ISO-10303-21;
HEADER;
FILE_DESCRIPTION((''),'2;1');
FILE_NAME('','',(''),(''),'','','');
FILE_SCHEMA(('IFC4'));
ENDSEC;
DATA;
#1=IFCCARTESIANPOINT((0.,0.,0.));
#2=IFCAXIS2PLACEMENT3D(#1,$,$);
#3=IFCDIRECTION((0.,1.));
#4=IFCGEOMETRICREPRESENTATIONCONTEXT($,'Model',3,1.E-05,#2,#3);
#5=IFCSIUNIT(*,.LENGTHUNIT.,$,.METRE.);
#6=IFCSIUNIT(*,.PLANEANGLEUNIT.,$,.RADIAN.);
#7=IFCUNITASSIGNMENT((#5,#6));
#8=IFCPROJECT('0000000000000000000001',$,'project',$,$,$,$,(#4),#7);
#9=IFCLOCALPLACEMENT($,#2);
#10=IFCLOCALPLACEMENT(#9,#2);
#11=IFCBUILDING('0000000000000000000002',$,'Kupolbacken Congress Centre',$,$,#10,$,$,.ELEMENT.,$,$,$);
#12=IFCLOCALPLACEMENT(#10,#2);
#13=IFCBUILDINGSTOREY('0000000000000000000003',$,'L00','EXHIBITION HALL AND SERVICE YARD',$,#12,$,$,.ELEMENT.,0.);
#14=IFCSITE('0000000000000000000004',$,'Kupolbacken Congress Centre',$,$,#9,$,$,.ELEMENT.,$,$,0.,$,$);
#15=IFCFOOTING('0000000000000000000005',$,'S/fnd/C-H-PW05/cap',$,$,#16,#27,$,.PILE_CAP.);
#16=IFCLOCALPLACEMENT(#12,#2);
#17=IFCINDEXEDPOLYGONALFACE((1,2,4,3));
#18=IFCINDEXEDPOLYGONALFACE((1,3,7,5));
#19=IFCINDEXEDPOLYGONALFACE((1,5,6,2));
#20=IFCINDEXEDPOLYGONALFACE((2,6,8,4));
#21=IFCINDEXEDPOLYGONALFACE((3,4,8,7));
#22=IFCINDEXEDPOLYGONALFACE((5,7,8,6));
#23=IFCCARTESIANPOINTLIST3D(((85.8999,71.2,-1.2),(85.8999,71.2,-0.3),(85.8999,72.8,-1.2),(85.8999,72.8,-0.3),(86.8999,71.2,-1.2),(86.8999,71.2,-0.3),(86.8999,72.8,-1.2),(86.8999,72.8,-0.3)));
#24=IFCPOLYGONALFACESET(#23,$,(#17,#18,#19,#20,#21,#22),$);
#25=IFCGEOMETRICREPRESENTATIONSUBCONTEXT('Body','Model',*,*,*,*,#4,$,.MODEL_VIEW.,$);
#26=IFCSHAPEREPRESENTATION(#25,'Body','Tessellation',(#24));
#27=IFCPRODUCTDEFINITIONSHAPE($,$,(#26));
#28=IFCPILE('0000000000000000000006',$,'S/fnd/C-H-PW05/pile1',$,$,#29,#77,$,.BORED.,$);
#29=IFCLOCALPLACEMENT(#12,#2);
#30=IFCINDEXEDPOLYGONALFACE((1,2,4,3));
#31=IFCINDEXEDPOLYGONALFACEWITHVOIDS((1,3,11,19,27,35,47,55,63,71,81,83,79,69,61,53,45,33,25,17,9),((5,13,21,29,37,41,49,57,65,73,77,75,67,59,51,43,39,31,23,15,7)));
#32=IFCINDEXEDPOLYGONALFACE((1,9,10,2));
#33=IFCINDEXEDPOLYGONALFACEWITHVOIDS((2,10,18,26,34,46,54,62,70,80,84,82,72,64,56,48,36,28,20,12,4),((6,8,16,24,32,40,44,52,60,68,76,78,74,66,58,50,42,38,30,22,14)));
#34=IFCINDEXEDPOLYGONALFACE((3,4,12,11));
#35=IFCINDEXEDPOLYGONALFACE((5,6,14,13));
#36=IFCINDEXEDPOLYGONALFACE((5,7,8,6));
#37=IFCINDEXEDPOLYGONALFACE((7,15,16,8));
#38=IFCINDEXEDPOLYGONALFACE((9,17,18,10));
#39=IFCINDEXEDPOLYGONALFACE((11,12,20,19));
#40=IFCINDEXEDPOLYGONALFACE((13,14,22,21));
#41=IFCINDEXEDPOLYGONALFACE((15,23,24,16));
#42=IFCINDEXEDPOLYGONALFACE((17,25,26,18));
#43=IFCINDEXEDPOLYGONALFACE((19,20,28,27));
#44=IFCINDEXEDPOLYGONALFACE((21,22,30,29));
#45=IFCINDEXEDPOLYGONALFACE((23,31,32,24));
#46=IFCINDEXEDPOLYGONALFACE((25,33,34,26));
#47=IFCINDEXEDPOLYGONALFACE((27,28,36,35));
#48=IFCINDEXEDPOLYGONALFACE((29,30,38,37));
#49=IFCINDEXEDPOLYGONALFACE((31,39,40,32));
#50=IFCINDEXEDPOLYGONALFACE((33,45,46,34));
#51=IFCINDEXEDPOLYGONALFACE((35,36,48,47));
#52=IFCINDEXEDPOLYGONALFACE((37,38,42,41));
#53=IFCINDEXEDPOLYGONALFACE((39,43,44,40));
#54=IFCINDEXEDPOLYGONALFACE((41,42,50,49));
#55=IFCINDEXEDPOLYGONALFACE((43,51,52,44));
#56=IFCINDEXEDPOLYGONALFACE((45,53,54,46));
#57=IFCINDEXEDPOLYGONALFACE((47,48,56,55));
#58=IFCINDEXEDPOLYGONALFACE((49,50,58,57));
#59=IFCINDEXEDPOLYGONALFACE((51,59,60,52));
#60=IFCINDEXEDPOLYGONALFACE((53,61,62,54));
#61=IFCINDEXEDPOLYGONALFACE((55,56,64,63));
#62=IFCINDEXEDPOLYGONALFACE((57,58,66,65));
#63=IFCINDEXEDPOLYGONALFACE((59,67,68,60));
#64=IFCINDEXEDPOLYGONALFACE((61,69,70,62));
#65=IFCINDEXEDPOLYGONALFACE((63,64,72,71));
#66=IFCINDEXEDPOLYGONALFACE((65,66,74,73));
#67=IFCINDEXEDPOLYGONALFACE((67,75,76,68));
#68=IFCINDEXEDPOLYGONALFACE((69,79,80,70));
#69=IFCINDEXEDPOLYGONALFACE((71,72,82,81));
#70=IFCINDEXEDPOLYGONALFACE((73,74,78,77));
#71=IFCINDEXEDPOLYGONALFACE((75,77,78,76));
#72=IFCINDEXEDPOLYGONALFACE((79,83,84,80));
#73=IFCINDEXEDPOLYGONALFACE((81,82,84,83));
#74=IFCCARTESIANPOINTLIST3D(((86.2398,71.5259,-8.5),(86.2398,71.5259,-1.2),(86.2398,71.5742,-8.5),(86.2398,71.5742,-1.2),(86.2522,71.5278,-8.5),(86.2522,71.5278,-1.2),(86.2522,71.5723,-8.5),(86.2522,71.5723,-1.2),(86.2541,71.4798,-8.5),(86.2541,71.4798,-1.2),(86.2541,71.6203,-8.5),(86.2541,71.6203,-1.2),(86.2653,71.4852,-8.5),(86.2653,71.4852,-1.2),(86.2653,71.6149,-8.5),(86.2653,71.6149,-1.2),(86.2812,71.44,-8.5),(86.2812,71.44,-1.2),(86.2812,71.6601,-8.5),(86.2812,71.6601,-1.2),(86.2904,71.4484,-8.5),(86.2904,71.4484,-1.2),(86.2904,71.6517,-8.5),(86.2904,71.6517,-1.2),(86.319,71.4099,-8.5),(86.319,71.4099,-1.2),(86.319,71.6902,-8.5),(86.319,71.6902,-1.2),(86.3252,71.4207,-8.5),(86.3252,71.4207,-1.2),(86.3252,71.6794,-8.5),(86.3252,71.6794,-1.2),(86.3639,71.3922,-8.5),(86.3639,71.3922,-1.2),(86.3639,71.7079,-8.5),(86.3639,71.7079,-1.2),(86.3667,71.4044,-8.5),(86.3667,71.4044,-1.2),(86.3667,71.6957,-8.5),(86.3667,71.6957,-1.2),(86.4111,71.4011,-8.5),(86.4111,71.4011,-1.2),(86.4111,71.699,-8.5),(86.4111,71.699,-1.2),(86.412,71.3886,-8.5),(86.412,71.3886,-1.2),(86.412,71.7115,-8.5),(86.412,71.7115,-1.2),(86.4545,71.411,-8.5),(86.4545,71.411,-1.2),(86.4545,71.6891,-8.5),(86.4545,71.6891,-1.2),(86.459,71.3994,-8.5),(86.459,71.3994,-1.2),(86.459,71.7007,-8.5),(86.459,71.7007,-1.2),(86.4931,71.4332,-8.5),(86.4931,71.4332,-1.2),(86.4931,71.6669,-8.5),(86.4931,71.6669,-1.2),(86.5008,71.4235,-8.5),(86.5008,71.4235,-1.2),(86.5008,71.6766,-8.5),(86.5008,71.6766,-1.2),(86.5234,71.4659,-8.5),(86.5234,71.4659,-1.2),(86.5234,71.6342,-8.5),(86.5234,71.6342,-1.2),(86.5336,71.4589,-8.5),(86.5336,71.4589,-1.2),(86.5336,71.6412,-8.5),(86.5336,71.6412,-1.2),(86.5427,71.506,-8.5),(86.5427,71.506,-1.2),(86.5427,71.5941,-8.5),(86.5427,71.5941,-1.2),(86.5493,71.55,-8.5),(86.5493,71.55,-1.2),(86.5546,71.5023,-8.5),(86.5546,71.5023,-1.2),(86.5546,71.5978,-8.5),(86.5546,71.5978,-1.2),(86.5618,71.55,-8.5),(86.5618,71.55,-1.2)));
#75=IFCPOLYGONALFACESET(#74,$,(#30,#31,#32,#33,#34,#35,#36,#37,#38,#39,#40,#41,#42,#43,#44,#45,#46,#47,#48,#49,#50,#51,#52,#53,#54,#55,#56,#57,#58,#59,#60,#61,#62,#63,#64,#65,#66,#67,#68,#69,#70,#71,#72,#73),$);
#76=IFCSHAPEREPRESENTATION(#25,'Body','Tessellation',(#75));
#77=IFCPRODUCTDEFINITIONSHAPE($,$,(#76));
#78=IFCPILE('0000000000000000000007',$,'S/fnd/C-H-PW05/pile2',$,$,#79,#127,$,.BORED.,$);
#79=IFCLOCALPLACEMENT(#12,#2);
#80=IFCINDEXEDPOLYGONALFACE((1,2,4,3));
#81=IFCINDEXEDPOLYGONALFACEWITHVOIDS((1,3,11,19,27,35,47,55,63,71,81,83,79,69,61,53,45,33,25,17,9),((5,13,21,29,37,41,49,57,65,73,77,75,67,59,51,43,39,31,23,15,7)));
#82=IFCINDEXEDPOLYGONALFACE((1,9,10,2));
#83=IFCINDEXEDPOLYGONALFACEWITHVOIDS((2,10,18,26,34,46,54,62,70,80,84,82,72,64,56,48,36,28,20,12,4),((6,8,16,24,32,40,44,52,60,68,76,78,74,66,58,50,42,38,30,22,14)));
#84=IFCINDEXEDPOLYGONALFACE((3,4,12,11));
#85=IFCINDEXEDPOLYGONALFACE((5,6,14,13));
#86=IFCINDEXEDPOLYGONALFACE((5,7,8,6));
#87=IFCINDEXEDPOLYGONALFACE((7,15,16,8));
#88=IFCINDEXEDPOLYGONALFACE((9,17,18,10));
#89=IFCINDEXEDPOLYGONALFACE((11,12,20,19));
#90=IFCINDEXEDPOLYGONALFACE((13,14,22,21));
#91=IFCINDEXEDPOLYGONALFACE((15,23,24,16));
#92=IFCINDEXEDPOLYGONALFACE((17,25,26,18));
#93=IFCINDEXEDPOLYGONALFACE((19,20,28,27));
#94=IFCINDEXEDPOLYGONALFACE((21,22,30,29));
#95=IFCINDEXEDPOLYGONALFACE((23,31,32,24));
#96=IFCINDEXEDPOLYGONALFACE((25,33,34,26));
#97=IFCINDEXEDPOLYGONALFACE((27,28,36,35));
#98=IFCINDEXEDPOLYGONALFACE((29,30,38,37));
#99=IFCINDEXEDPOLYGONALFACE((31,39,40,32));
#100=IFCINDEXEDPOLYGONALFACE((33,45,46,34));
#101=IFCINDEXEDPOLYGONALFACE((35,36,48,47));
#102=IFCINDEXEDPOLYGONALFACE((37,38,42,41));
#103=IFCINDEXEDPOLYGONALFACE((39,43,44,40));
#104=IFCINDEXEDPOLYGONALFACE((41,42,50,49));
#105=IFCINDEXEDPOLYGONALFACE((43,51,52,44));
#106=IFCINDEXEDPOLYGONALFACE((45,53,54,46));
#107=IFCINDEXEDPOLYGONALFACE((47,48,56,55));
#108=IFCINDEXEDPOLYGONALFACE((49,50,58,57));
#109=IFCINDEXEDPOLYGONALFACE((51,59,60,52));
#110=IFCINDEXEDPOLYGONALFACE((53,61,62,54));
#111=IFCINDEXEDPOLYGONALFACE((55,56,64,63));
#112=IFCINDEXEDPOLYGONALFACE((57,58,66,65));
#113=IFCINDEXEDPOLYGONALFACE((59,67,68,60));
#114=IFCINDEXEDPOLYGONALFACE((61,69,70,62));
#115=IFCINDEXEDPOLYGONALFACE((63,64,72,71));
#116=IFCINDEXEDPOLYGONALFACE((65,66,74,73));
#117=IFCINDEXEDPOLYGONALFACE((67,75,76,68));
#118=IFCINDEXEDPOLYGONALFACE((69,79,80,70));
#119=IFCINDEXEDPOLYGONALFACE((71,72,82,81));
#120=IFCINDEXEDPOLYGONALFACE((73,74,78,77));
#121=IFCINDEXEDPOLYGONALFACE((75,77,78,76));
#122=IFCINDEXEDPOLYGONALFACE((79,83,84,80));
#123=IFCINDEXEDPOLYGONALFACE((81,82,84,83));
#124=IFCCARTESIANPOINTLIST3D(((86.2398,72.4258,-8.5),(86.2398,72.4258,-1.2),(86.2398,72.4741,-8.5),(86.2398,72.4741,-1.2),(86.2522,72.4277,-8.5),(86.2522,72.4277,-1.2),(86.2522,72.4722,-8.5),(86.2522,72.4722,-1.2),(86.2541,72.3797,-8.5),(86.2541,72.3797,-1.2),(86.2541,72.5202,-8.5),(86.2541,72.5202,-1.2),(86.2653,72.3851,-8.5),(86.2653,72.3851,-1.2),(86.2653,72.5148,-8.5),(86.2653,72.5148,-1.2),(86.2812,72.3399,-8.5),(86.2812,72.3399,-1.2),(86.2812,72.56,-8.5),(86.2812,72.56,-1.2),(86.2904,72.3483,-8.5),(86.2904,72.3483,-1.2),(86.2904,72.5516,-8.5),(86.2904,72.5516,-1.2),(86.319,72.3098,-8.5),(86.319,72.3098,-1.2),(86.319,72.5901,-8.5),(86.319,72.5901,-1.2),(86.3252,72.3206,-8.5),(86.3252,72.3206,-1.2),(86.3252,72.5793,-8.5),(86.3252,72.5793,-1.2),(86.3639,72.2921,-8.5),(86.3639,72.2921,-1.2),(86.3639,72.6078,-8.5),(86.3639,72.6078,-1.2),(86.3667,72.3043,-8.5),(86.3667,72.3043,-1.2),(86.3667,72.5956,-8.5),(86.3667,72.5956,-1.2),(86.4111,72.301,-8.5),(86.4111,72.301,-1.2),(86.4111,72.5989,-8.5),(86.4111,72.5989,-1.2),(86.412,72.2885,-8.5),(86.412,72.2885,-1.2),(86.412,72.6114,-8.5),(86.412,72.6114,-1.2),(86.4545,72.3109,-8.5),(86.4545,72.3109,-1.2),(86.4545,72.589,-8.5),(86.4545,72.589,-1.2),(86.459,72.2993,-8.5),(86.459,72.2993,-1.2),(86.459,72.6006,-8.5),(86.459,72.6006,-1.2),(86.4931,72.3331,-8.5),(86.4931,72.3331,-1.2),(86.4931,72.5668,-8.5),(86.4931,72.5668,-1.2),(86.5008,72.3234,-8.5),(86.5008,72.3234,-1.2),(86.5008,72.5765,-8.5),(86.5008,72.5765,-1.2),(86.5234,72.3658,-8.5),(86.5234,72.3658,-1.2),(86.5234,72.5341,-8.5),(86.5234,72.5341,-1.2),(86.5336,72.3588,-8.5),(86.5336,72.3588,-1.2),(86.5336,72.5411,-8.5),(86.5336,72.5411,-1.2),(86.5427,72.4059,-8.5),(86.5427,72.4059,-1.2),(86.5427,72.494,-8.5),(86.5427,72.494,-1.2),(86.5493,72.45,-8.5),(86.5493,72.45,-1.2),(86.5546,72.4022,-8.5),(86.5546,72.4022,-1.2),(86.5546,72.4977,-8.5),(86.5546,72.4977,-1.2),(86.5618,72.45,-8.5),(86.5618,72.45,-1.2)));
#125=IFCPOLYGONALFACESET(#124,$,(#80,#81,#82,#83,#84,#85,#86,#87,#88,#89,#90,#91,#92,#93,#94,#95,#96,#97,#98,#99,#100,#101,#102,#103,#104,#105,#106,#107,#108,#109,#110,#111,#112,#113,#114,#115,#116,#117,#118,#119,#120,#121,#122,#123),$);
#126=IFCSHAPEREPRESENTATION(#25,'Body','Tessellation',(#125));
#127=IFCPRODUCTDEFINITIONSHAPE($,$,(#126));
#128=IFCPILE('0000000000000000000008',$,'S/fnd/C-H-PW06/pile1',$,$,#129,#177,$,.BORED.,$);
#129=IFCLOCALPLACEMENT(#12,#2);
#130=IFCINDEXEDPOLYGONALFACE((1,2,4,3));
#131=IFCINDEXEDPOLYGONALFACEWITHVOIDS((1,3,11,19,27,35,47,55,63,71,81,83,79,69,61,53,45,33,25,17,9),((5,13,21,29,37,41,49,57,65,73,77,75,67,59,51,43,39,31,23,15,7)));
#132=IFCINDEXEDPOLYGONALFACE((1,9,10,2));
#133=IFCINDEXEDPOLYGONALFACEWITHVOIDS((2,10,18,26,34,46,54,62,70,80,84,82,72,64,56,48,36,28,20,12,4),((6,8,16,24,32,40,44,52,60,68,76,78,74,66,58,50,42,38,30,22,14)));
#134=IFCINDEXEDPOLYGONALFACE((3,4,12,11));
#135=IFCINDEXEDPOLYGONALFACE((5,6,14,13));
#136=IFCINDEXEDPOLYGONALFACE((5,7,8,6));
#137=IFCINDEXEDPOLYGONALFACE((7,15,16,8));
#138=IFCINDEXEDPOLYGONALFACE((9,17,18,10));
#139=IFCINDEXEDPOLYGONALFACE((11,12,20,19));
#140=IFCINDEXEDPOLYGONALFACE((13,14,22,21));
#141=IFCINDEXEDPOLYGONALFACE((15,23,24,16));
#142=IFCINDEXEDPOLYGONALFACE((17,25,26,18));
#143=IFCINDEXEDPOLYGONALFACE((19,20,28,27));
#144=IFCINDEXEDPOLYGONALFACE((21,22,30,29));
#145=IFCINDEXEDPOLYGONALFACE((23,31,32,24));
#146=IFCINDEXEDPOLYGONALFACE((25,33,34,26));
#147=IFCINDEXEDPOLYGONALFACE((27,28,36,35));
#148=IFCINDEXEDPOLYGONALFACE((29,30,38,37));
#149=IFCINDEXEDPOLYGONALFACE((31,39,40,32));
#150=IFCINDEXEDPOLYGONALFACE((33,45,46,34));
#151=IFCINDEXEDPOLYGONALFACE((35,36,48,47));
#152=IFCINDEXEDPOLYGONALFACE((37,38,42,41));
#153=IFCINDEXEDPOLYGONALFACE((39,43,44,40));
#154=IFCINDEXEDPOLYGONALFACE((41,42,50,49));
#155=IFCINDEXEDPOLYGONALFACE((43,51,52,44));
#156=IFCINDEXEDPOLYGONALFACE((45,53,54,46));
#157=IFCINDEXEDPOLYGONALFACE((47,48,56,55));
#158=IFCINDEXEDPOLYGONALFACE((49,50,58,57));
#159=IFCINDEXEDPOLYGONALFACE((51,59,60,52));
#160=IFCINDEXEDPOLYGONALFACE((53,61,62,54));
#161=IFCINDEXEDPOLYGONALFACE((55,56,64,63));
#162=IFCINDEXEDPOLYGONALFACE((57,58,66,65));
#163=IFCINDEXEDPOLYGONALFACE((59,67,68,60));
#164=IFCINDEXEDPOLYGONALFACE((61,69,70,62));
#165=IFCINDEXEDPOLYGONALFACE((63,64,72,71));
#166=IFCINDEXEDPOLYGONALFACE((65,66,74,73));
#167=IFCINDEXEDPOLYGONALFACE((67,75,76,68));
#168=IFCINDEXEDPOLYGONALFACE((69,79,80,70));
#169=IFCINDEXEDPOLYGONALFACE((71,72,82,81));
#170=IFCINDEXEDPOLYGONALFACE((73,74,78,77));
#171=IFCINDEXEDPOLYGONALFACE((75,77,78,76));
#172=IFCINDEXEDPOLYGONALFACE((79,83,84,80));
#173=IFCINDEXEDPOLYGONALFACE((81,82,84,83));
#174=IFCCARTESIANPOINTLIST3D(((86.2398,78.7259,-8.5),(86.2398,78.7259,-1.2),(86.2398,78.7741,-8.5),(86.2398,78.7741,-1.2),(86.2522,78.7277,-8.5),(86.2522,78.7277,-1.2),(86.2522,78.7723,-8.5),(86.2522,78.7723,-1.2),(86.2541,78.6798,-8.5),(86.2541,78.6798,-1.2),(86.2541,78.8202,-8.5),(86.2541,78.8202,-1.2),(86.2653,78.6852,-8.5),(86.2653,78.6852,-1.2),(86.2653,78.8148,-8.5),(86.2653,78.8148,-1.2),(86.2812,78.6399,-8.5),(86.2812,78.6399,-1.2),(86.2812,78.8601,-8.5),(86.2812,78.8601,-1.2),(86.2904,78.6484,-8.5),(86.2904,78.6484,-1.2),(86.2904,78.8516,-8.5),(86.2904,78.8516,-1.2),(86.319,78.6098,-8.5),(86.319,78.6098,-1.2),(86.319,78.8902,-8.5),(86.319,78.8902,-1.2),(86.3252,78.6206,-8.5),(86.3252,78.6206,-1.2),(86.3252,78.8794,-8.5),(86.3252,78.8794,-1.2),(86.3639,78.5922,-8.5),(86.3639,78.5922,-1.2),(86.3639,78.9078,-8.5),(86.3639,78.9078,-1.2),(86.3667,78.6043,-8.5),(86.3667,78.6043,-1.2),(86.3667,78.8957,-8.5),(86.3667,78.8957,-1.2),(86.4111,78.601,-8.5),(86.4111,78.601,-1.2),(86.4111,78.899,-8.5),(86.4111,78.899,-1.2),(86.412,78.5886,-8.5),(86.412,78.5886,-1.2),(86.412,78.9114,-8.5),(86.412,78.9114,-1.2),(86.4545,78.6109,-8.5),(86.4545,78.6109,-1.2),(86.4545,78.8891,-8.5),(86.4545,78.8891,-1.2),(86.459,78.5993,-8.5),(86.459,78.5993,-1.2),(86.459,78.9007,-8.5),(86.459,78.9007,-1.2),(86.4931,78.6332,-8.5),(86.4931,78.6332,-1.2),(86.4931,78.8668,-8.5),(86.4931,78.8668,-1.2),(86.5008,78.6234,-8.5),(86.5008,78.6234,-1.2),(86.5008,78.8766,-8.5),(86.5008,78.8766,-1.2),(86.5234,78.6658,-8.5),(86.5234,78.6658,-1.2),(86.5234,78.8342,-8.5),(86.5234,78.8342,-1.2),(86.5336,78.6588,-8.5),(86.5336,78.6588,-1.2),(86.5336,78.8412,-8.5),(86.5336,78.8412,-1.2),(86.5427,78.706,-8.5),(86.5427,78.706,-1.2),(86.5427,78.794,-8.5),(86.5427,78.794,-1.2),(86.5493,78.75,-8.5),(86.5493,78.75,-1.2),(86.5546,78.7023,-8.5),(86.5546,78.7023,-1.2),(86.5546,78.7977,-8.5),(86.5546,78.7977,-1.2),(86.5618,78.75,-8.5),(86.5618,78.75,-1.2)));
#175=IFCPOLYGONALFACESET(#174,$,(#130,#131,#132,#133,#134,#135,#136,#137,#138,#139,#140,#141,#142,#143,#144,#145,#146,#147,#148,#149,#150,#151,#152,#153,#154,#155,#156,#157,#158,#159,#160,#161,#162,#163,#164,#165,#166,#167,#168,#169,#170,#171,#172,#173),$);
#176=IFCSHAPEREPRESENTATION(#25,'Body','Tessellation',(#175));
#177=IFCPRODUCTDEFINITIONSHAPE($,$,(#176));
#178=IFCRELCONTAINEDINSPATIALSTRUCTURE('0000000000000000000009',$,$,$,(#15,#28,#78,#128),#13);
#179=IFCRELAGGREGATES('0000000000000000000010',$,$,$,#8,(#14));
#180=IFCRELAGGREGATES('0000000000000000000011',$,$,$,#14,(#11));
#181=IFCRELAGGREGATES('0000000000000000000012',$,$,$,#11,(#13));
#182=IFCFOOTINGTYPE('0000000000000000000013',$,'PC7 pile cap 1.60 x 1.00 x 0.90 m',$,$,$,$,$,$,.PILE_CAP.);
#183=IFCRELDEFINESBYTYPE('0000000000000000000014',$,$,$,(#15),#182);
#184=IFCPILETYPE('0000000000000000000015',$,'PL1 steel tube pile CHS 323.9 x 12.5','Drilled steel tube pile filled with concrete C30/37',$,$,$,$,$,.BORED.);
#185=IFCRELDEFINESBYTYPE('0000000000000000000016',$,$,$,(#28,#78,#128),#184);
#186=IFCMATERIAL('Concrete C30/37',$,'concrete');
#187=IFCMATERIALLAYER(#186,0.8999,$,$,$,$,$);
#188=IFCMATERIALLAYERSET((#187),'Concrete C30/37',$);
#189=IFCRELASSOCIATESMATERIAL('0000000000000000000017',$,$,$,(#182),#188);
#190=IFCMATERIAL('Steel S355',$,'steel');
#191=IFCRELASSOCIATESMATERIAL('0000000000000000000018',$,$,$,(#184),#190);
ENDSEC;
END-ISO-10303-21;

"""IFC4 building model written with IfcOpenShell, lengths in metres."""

from ifc_helpers import new_model, si_unit, direction, frame, origin, origin_2d, place, context, subcontext, project, spatial, rectangle, hollow_circle, extrude, material, layer, layer_set, material_profile, profile_set, type_object, element, save


model = new_model("IFC4")

# Units and contexts
model_context = context("Model", 3, precision=1e-05, world=origin(), true_north=direction((0.0, 1.0)))
body_context = subcontext(model_context, "Body", "Model", "MODEL_VIEW")
ifc_project = project(units=[si_unit("LENGTHUNIT", "METRE"), si_unit("PLANEANGLEUNIT", "RADIAN")], contexts=[model_context])

# Site, building, storey
site_placement = place(None, origin())
site = spatial("IfcSite", under=ifc_project, at=site_placement, Name="Kupolbacken Congress Centre", CompositionType="ELEMENT", RefElevation=0.0)
building_placement = place(site_placement, origin())
building = spatial("IfcBuilding", under=site, at=building_placement, Name="Kupolbacken Congress Centre", CompositionType="ELEMENT")
storey_placement = place(building_placement, origin())
storey = spatial("IfcBuildingStorey", under=building, at=storey_placement, Name="L00", Description="EXHIBITION HALL AND SERVICE YARD", CompositionType="ELEMENT", Elevation=0.0)

# Footing
ifc_material_1 = material(Name="Concrete C30/37", Category="concrete")
ifc_layer_1 = layer(ifc_material_1, 0.8999)
ifc_layer_set_1 = layer_set([ifc_layer_1], Name="Concrete C30/37")
footing_type_1 = type_object("IfcFootingType", Name="PC7 pile cap 1.60 x 1.00 x 0.90 m", PredefinedType="PILE_CAP", material=ifc_layer_set_1)
footing_1_placement = place(storey_placement, frame((86.3999, 72.0, -1.2), z_axis=(0.0, 0.0, 1.0), x_axis=(1.0, 0.0, 0.0)))
element("IfcFooting", 1, at=footing_1_placement, inside=storey, type_object=footing_type_1, Name="S/fnd/C-H-PW05/cap", PredefinedType="PILE_CAP", context=body_context, shape_type="SweptSolid", body=[
    extrude(rectangle(XDim=1.0, YDim=1.6001, at=origin_2d()), origin(), (0.0, 0.0, 1.0), 0.8999),
])

# Piles
ifc_material_2 = material(Name="Steel S355", Category="steel")
ifc_material_profile_1 = material_profile(ifc_material_2, hollow_circle(Radius=0.1619, WallThickness=0.0125, at=origin_2d()), Name="CHS 323.9 x 12.5")
ifc_profile_set_1 = profile_set([ifc_material_profile_1], Name="Steel S355")
pile_type_1 = type_object("IfcPileType", Name="PL1 steel tube pile CHS 323.9 x 12.5", Description="Drilled steel tube pile filled with concrete C30/37", PredefinedType="BORED", material=ifc_profile_set_1)
for number, where, z_axis, x_axis, name in (
    (2, (86.3999, 71.55, -1.2), (0.0, 0.0, -1.0), (1.0, 0.0, 0.0), "S/fnd/C-H-PW05/pile1"),
    (3, (86.3999, 72.45, -1.2), (0.0, 0.0, -1.0), (1.0, 0.0, 0.0), "S/fnd/C-H-PW05/pile2"),
    (4, (86.3999, 78.75, -1.2), (0.0, 0.0, -1.0), (1.0, 0.0, 0.0), "S/fnd/C-H-PW06/pile1"),
):
    element("IfcPile", number, at=place(storey_placement, frame(where, z_axis=z_axis, x_axis=x_axis)), inside=storey, type_object=pile_type_1, Name=name, PredefinedType="BORED", context=body_context, shape_type="SweptSolid", body=[
        extrude(hollow_circle(Radius=0.1619, WallThickness=0.0125, at=origin_2d()), origin(), (0.0, 0.0, 1.0), 7.3),
    ])

save(model, "model.ifc")
